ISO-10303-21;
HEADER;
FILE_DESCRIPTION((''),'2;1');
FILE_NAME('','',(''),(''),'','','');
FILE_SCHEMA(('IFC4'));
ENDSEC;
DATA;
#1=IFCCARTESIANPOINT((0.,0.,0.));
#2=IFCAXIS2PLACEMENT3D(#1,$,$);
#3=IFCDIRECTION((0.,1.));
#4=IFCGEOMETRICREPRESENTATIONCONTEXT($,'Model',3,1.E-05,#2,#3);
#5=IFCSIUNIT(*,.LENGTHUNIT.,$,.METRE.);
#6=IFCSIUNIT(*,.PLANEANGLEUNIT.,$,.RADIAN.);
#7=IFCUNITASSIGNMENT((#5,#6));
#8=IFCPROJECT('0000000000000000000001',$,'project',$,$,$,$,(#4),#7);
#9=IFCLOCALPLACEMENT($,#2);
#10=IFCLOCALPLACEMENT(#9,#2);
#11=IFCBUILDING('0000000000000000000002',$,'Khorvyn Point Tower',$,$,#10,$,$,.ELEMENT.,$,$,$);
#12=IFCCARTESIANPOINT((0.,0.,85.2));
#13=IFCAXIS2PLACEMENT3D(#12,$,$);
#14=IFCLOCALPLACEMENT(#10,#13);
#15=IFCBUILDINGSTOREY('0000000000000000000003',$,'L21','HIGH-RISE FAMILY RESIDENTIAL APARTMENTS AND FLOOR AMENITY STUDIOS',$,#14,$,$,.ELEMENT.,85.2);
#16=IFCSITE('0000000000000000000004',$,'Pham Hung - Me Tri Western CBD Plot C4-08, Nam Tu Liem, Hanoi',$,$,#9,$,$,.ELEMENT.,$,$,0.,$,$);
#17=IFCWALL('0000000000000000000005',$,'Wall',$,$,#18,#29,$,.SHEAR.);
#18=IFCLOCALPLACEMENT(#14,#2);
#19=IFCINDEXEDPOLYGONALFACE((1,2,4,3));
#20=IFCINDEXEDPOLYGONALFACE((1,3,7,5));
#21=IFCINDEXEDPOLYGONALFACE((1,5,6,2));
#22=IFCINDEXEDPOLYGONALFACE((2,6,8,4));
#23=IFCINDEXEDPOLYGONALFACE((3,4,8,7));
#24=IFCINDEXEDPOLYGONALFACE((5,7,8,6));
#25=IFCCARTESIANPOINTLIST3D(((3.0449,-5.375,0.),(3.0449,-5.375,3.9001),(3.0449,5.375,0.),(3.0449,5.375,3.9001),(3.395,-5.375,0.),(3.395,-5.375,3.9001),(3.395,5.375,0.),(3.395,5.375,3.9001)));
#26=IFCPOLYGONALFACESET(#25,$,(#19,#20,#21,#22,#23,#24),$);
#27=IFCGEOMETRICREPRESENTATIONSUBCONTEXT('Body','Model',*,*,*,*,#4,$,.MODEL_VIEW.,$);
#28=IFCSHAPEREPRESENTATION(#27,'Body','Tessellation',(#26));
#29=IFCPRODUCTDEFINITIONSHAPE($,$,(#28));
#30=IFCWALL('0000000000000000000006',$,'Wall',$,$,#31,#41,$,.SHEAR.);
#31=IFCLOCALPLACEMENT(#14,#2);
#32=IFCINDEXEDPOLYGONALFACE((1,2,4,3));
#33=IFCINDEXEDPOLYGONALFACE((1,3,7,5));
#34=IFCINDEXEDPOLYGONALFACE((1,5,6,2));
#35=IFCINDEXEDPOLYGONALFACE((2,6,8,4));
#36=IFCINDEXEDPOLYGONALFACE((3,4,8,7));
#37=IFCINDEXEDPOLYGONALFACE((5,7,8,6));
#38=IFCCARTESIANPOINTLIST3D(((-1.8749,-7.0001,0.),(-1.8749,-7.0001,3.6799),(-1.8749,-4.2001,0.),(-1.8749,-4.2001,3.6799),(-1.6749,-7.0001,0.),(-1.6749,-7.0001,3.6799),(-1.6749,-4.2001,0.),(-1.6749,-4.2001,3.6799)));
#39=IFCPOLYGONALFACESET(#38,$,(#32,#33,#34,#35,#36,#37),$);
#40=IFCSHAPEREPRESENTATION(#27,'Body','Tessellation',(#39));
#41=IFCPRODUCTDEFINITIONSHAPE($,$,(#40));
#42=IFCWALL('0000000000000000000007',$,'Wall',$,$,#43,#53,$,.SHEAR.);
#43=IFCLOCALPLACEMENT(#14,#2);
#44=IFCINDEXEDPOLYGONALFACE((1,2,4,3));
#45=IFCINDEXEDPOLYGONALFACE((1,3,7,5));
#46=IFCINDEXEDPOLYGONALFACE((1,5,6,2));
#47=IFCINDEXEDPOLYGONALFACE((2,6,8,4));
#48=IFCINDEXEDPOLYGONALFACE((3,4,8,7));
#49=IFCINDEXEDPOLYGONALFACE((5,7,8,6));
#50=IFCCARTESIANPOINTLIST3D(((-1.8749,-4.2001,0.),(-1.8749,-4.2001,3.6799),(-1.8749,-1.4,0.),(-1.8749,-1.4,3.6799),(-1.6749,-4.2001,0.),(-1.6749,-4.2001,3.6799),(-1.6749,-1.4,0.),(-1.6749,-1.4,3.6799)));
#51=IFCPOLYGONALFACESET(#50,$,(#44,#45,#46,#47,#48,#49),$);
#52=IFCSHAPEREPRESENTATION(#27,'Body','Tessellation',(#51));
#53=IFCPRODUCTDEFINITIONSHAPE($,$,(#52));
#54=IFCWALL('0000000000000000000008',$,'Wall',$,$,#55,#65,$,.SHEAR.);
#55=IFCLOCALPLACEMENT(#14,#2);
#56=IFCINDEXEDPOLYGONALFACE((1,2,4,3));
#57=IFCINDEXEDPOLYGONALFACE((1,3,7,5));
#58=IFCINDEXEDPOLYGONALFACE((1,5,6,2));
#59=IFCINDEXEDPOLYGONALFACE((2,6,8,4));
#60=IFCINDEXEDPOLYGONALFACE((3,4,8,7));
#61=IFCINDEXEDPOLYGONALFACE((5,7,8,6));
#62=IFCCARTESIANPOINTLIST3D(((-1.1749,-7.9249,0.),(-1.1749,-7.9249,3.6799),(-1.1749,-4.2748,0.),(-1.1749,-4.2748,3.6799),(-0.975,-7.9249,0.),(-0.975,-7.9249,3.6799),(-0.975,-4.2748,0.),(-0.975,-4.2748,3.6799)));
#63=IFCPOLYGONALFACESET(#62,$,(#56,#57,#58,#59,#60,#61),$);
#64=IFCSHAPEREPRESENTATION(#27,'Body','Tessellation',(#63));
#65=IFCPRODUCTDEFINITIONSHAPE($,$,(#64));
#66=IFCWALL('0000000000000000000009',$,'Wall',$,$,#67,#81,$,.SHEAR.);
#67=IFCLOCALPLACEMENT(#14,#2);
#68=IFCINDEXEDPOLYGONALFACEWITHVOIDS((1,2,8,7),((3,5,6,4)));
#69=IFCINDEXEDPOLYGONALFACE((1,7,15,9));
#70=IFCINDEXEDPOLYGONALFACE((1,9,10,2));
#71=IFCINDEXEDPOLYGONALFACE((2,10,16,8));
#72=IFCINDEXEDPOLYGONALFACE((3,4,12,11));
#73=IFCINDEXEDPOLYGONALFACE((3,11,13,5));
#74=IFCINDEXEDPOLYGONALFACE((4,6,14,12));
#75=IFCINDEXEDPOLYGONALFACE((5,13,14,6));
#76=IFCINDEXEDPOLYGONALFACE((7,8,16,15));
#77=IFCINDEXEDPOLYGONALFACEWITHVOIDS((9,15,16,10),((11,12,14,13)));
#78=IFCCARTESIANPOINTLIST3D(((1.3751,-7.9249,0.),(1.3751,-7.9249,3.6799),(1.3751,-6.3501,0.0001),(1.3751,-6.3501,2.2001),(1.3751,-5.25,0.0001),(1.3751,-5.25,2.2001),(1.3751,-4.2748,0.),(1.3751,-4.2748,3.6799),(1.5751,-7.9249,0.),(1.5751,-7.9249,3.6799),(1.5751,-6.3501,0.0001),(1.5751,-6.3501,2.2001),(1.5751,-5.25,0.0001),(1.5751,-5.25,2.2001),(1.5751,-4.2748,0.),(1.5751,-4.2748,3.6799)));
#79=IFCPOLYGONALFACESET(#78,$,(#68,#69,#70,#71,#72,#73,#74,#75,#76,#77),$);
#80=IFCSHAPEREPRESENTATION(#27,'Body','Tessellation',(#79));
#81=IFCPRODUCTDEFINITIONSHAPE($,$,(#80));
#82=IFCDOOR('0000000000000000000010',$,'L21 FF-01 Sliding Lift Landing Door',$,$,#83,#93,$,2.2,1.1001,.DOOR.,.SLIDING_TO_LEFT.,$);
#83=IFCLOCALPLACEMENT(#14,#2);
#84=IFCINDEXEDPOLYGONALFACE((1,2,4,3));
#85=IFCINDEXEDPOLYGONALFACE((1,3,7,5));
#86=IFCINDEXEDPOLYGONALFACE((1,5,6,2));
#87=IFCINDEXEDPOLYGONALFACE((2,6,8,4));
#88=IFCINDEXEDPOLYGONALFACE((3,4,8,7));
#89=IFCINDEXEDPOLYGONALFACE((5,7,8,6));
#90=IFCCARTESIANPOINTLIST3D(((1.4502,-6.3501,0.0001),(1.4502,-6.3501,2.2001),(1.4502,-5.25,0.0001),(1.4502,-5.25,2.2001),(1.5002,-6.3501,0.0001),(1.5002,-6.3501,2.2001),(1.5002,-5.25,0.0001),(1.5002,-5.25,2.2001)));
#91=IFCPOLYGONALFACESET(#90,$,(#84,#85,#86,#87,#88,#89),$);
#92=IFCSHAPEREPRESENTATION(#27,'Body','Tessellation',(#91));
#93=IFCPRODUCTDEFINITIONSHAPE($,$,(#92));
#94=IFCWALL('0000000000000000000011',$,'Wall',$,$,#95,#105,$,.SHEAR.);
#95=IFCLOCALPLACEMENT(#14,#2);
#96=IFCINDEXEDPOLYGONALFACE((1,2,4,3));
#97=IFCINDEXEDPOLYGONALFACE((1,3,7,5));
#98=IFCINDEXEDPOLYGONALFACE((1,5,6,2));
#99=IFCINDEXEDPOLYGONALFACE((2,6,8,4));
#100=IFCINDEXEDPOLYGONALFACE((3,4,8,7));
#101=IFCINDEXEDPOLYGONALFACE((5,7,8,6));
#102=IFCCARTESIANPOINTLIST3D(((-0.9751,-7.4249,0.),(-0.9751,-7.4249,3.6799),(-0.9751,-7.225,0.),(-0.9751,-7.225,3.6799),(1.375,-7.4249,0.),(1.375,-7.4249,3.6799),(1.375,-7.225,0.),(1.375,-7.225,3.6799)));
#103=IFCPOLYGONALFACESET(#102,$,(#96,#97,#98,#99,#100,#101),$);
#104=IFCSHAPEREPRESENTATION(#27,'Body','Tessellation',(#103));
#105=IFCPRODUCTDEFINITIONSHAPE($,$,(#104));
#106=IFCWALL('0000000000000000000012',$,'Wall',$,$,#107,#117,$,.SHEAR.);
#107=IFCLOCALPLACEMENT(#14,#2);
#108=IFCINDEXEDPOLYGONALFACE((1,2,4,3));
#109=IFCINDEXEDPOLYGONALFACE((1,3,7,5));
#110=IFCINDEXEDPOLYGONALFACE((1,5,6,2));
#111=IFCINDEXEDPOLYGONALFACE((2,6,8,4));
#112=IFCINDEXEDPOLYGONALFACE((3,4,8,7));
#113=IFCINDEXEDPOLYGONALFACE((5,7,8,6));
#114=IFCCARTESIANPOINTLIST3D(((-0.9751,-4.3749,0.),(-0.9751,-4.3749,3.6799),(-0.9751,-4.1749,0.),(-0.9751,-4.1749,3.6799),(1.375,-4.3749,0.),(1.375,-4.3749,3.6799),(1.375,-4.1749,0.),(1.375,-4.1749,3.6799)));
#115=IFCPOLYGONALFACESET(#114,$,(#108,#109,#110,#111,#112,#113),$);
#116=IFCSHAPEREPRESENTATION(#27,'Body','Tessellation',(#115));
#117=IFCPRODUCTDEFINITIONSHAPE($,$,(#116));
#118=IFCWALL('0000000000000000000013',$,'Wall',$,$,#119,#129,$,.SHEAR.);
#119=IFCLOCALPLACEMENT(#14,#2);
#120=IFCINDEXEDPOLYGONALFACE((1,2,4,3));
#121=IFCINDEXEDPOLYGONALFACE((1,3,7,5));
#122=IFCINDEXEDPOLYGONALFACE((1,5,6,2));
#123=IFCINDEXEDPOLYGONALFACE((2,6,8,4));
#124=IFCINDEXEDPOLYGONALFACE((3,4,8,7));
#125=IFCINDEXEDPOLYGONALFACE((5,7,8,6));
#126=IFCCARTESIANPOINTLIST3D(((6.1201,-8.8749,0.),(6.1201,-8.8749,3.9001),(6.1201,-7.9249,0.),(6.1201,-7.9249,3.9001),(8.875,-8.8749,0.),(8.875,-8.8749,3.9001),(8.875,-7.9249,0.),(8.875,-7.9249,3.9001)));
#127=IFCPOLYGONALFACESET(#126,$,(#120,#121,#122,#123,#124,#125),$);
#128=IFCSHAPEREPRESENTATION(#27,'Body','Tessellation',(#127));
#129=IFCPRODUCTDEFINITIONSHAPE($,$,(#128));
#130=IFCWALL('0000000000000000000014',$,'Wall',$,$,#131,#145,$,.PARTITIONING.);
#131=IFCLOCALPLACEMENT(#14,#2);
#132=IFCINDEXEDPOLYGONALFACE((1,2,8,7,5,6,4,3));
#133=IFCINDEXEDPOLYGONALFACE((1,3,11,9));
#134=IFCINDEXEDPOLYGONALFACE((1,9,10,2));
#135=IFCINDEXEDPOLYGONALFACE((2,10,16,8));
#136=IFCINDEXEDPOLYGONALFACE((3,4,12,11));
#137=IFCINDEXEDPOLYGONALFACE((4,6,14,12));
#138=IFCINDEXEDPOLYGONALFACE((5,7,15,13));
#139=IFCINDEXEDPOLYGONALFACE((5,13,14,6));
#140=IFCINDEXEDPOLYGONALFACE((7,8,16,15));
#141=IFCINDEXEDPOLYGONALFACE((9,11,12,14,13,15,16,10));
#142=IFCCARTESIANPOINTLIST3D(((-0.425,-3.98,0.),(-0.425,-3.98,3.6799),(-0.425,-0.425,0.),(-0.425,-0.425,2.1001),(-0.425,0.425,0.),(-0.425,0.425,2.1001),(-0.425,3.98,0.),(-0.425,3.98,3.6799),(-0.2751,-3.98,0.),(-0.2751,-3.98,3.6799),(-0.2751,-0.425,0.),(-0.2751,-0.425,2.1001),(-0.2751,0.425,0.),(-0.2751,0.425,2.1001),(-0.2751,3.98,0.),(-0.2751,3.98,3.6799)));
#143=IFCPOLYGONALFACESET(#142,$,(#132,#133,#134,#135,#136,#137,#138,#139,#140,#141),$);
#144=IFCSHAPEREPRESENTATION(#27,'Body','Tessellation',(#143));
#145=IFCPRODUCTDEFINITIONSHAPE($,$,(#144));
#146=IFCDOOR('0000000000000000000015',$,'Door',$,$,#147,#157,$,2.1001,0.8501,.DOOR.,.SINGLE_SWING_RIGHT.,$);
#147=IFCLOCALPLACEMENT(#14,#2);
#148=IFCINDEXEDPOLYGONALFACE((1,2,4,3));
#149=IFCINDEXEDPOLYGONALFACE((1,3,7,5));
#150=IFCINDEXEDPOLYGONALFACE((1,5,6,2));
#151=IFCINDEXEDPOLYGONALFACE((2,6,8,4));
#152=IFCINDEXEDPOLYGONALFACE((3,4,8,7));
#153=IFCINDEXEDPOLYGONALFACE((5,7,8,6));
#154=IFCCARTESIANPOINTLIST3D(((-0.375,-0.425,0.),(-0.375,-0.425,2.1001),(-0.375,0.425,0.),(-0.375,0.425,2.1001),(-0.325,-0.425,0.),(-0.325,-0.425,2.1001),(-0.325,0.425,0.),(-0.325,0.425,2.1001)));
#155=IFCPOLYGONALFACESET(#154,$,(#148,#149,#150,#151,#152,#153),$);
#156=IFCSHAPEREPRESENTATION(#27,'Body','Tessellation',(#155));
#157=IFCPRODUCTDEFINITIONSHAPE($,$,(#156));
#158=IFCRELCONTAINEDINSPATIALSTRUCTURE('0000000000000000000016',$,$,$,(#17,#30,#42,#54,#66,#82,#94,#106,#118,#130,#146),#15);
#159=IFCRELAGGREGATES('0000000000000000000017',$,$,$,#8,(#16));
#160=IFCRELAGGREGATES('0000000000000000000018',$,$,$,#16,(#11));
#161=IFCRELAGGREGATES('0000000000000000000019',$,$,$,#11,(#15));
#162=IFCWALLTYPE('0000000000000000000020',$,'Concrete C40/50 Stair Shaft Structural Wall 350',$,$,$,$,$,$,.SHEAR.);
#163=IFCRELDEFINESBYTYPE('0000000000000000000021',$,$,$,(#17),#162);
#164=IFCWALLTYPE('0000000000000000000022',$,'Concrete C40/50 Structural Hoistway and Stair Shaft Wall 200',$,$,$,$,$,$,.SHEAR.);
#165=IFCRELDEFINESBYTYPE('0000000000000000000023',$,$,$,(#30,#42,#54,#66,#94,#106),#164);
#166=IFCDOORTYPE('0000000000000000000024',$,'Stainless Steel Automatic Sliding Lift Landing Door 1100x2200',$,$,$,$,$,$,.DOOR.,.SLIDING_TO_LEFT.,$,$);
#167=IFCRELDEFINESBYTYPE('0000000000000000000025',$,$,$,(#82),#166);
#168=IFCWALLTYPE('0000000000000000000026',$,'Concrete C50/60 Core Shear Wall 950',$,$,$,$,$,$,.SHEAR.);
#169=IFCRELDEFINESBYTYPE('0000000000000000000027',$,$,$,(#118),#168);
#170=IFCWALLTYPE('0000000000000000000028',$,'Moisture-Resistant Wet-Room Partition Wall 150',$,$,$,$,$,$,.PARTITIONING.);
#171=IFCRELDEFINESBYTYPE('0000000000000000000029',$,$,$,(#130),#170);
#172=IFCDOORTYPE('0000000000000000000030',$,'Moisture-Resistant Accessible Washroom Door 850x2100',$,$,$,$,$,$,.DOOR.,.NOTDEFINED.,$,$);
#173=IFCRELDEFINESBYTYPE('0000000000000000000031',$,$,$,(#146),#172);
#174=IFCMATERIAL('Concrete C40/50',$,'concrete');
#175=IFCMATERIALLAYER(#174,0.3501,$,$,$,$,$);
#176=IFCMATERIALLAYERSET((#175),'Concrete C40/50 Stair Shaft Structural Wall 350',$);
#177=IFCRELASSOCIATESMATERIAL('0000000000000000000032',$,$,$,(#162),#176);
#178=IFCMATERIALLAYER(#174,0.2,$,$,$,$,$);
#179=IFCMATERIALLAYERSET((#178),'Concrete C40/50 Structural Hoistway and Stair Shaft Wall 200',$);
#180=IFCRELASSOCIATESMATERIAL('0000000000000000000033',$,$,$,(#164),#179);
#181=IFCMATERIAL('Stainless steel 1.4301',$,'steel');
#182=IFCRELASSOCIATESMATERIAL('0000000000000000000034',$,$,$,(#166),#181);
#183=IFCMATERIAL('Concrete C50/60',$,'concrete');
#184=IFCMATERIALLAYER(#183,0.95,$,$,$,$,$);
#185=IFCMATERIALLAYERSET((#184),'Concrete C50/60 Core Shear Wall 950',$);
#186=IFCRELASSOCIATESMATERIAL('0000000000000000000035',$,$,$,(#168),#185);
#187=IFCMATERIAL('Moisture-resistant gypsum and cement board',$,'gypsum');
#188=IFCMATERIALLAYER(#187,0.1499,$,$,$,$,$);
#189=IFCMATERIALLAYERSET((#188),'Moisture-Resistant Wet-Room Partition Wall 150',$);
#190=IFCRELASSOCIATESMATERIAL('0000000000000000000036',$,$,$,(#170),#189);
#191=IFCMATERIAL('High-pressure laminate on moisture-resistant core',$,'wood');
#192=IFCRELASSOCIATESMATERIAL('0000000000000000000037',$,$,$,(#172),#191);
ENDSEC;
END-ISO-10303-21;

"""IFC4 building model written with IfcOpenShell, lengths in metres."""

from ifc_helpers import new_model, si_unit, direction, frame, frame_2d, origin, place, context, subcontext, project, spatial, rectangle, extrude, material, layer, layer_set, type_object, element, fill, save


model = new_model("IFC4")

# Units and contexts
model_context = context("Model", 3, precision=1e-05, world=origin(), true_north=direction((0.0, 1.0)))
body_context = subcontext(model_context, "Body", "Model", "MODEL_VIEW")
ifc_project = project(units=[si_unit("LENGTHUNIT", "METRE"), si_unit("PLANEANGLEUNIT", "RADIAN")], contexts=[model_context])

# Site, building, storey
site_placement = place(None, origin())
site = spatial("IfcSite", under=ifc_project, at=site_placement, Name="Pham Hung - Me Tri Western CBD Plot C4-08, Nam Tu Liem, Hanoi", CompositionType="ELEMENT", RefElevation=0.0)
building_placement = place(site_placement, origin())
building = spatial("IfcBuilding", under=site, at=building_placement, Name="Khorvyn Point Tower", CompositionType="ELEMENT")
storey_placement = place(building_placement, frame((0.0, 0.0, 85.2)))
storey = spatial("IfcBuildingStorey", under=building, at=storey_placement, Name="L21", Description="HIGH-RISE FAMILY RESIDENTIAL APARTMENTS AND FLOOR AMENITY STUDIOS", CompositionType="ELEMENT", Elevation=85.2)

# Shared definitions
ifc_material_1 = material(Name="Concrete C40/50", Category="concrete")

# Shared definitions
ifc_material_2 = material(Name="Concrete C50/60", Category="concrete")

# Walls
ifc_layer_1 = layer(ifc_material_1, 0.3501)
ifc_layer_set_1 = layer_set([ifc_layer_1], Name="Concrete C40/50 Stair Shaft Structural Wall 350")
wall_type_1 = type_object("IfcWallType", Name="Concrete C40/50 Stair Shaft Structural Wall 350", PredefinedType="SHEAR", material=ifc_layer_set_1)
wall_1_placement = place(storey_placement, frame((3.22, -5.375, 0.0), z_axis=(0.0, 0.0, 1.0), x_axis=(0.0, 1.0, 0.0)))
element("IfcWall", 1, at=wall_1_placement, inside=storey, type_object=wall_type_1, Name="Wall", PredefinedType="SHEAR", context=body_context, shape_type="SweptSolid", body=[
    extrude(rectangle(XDim=10.75, YDim=0.3501, at=frame_2d((5.375, 0.0))), origin(), (0.0, 0.0, 1.0), 3.9001),
])
ifc_layer_2 = layer(ifc_material_1, 0.2)
ifc_layer_set_2 = layer_set([ifc_layer_2], Name="Concrete C40/50 Structural Hoistway and Stair Shaft Wall 200")
wall_type_2 = type_object("IfcWallType", Name="Concrete C40/50 Structural Hoistway and Stair Shaft Wall 200", PredefinedType="SHEAR", material=ifc_layer_set_2)
for number, where, z_axis, x_axis, name in (
    (2, (-1.7749, -7.0, 0.0), (0.0, 0.0, 1.0), (0.0, 1.0, 0.0), "Wall"),
    (3, (-1.7749, -4.2, 0.0), (0.0, 0.0, 1.0), (0.0, 1.0, 0.0), "Wall"),
):
    element("IfcWall", number, at=place(storey_placement, frame(where, z_axis=z_axis, x_axis=x_axis)), inside=storey, type_object=wall_type_2, Name=name, PredefinedType="SHEAR", context=body_context, shape_type="SweptSolid", body=[
        extrude(rectangle(XDim=2.8, YDim=0.2, at=frame_2d((1.3999, 0.0))), origin(), (0.0, 0.0, 1.0), 3.6799),
    ])
wall_2_placement = place(storey_placement, frame((-1.075, -7.925, 0.0), z_axis=(0.0, 0.0, 1.0), x_axis=(0.0, 1.0, 0.0)))
element("IfcWall", 4, at=wall_2_placement, inside=storey, type_object=wall_type_2, Name="Wall", PredefinedType="SHEAR", context=body_context, shape_type="SweptSolid", body=[
    extrude(rectangle(XDim=3.6501, YDim=0.2, at=frame_2d((1.8252, 0.0))), origin(), (0.0, 0.0, 1.0), 3.6799),
])

# Wall, opening, door
wall_3_placement = place(storey_placement, frame((1.4751, -7.925, 0.0), z_axis=(0.0, 0.0, 1.0), x_axis=(0.0, 1.0, 0.0)))
wall_3 = element("IfcWall", 5, at=wall_3_placement, inside=storey, type_object=wall_type_2, Name="Wall", PredefinedType="SHEAR", context=body_context, shape_type="SweptSolid", body=[
    extrude(rectangle(XDim=3.6501, YDim=0.2, at=frame_2d((1.8252, 0.0))), origin(), (0.0, 0.0, 1.0), 3.6799),
])
opening_1_placement = place(wall_3_placement, frame((1.575, 0.0, 0.0)))
opening_1 = element("IfcOpeningElement", 6, at=opening_1_placement, cuts=wall_3, PredefinedType="OPENING", context=body_context, shape_type="SweptSolid", body=[
    extrude(rectangle(XDim=1.1001, YDim=2.2, at=frame_2d((0.55, 1.1001))), frame((0.0, 0.1099, 0.0), z_axis=(0.0, -1.0, 0.0), x_axis=(1.0, 0.0, 0.0)), (0.0, 0.0, 1.0), 0.22),
])
ifc_material_3 = material(Name="Stainless steel 1.4301", Category="steel")
door_type_1 = type_object("IfcDoorType", Name="Stainless Steel Automatic Sliding Lift Landing Door 1100x2200", OperationType="SLIDING_TO_LEFT", PredefinedType="DOOR", material=ifc_material_3)
door_1_placement = place(opening_1_placement, origin())
door_1 = element("IfcDoor", 7, at=door_1_placement, inside=storey, type_object=door_type_1, Name="L21 FF-01 Sliding Lift Landing Door", OperationType="SLIDING_TO_LEFT", OverallHeight=2.2, OverallWidth=1.1001, PredefinedType="DOOR", context=body_context, shape_type="SweptSolid", body=[
    extrude(rectangle(XDim=1.1001, YDim=2.2, at=frame_2d((0.55, 1.1001))), frame((0.0, 0.0249, 0.0), z_axis=(0.0, -1.0, 0.0), x_axis=(1.0, 0.0, 0.0)), (0.0, 0.0, 1.0), 0.05),
])
fill(opening_1, door_1)

# Walls
for number, where, z_axis, x_axis, name in (
    (8, (-0.9751, -7.325, 0.0), (0.0, 0.0, 1.0), (1.0, 0.0, 0.0), "Wall"),
    (9, (-0.9751, -4.2749, 0.0), (0.0, 0.0, 1.0), (1.0, 0.0, 0.0), "Wall"),
):
    element("IfcWall", number, at=place(storey_placement, frame(where, z_axis=z_axis, x_axis=x_axis)), inside=storey, type_object=wall_type_2, Name=name, PredefinedType="SHEAR", context=body_context, shape_type="SweptSolid", body=[
        extrude(rectangle(XDim=2.3501, YDim=0.2, at=frame_2d((1.175, 0.0))), origin(), (0.0, 0.0, 1.0), 3.6799),
    ])
ifc_layer_3 = layer(ifc_material_2, 0.95)
ifc_layer_set_3 = layer_set([ifc_layer_3], Name="Concrete C50/60 Core Shear Wall 950")
wall_type_3 = type_object("IfcWallType", Name="Concrete C50/60 Core Shear Wall 950", PredefinedType="SHEAR", material=ifc_layer_set_3)
wall_4_placement = place(storey_placement, frame((6.1201, -8.3999, 0.0), z_axis=(0.0, 0.0, 1.0), x_axis=(1.0, 0.0, 0.0)))
element("IfcWall", 10, at=wall_4_placement, inside=storey, type_object=wall_type_3, Name="Wall", PredefinedType="SHEAR", context=body_context, shape_type="SweptSolid", body=[
    extrude(rectangle(XDim=2.7549, YDim=0.95, at=frame_2d((1.3774, 0.0))), origin(), (0.0, 0.0, 1.0), 3.9001),
])

# Wall, opening, door
ifc_material_4 = material(Name="Moisture-resistant gypsum and cement board", Category="gypsum")
ifc_layer_4 = layer(ifc_material_4, 0.1499)
ifc_layer_set_4 = layer_set([ifc_layer_4], Name="Moisture-Resistant Wet-Room Partition Wall 150")
wall_type_4 = type_object("IfcWallType", Name="Moisture-Resistant Wet-Room Partition Wall 150", PredefinedType="PARTITIONING", material=ifc_layer_set_4)
wall_5_placement = place(storey_placement, frame((-0.3501, -3.98, 0.0), z_axis=(0.0, 0.0, 1.0), x_axis=(0.0, 1.0, 0.0)))
wall_5 = element("IfcWall", 11, at=wall_5_placement, inside=storey, type_object=wall_type_4, Name="Wall", PredefinedType="PARTITIONING", context=body_context, shape_type="SweptSolid", body=[
    extrude(rectangle(XDim=7.96, YDim=0.1499, at=frame_2d((3.98, 0.0))), origin(), (0.0, 0.0, 1.0), 3.6799),
])
opening_2_placement = place(wall_5_placement, frame((3.5549, 0.0, 0.0)))
opening_2 = element("IfcOpeningElement", 12, at=opening_2_placement, cuts=wall_5, PredefinedType="OPENING", context=body_context, shape_type="SweptSolid", body=[
    extrude(rectangle(XDim=0.8501, YDim=2.1001, at=frame_2d((0.425, 1.05))), frame((0.0, 0.085, 0.0), z_axis=(0.0, -1.0, 0.0), x_axis=(1.0, 0.0, 0.0)), (0.0, 0.0, 1.0), 0.1699),
])
ifc_material_5 = material(Name="High-pressure laminate on moisture-resistant core", Category="wood")
door_type_2 = type_object("IfcDoorType", Name="Moisture-Resistant Accessible Washroom Door 850x2100", OperationType="NOTDEFINED", PredefinedType="DOOR", material=ifc_material_5)
door_2_placement = place(opening_2_placement, origin())
door_2 = element("IfcDoor", 13, at=door_2_placement, inside=storey, type_object=door_type_2, Name="Door", OperationType="SINGLE_SWING_RIGHT", OverallHeight=2.1001, OverallWidth=0.8501, PredefinedType="DOOR", context=body_context, shape_type="SweptSolid", body=[
    extrude(rectangle(XDim=0.8501, YDim=2.1001, at=frame_2d((0.425, 1.05))), frame((0.0, 0.0249, 0.0), z_axis=(0.0, -1.0, 0.0), x_axis=(1.0, 0.0, 0.0)), (0.0, 0.0, 1.0), 0.05),
])
fill(opening_2, door_2)

save(model, "model.ifc")
